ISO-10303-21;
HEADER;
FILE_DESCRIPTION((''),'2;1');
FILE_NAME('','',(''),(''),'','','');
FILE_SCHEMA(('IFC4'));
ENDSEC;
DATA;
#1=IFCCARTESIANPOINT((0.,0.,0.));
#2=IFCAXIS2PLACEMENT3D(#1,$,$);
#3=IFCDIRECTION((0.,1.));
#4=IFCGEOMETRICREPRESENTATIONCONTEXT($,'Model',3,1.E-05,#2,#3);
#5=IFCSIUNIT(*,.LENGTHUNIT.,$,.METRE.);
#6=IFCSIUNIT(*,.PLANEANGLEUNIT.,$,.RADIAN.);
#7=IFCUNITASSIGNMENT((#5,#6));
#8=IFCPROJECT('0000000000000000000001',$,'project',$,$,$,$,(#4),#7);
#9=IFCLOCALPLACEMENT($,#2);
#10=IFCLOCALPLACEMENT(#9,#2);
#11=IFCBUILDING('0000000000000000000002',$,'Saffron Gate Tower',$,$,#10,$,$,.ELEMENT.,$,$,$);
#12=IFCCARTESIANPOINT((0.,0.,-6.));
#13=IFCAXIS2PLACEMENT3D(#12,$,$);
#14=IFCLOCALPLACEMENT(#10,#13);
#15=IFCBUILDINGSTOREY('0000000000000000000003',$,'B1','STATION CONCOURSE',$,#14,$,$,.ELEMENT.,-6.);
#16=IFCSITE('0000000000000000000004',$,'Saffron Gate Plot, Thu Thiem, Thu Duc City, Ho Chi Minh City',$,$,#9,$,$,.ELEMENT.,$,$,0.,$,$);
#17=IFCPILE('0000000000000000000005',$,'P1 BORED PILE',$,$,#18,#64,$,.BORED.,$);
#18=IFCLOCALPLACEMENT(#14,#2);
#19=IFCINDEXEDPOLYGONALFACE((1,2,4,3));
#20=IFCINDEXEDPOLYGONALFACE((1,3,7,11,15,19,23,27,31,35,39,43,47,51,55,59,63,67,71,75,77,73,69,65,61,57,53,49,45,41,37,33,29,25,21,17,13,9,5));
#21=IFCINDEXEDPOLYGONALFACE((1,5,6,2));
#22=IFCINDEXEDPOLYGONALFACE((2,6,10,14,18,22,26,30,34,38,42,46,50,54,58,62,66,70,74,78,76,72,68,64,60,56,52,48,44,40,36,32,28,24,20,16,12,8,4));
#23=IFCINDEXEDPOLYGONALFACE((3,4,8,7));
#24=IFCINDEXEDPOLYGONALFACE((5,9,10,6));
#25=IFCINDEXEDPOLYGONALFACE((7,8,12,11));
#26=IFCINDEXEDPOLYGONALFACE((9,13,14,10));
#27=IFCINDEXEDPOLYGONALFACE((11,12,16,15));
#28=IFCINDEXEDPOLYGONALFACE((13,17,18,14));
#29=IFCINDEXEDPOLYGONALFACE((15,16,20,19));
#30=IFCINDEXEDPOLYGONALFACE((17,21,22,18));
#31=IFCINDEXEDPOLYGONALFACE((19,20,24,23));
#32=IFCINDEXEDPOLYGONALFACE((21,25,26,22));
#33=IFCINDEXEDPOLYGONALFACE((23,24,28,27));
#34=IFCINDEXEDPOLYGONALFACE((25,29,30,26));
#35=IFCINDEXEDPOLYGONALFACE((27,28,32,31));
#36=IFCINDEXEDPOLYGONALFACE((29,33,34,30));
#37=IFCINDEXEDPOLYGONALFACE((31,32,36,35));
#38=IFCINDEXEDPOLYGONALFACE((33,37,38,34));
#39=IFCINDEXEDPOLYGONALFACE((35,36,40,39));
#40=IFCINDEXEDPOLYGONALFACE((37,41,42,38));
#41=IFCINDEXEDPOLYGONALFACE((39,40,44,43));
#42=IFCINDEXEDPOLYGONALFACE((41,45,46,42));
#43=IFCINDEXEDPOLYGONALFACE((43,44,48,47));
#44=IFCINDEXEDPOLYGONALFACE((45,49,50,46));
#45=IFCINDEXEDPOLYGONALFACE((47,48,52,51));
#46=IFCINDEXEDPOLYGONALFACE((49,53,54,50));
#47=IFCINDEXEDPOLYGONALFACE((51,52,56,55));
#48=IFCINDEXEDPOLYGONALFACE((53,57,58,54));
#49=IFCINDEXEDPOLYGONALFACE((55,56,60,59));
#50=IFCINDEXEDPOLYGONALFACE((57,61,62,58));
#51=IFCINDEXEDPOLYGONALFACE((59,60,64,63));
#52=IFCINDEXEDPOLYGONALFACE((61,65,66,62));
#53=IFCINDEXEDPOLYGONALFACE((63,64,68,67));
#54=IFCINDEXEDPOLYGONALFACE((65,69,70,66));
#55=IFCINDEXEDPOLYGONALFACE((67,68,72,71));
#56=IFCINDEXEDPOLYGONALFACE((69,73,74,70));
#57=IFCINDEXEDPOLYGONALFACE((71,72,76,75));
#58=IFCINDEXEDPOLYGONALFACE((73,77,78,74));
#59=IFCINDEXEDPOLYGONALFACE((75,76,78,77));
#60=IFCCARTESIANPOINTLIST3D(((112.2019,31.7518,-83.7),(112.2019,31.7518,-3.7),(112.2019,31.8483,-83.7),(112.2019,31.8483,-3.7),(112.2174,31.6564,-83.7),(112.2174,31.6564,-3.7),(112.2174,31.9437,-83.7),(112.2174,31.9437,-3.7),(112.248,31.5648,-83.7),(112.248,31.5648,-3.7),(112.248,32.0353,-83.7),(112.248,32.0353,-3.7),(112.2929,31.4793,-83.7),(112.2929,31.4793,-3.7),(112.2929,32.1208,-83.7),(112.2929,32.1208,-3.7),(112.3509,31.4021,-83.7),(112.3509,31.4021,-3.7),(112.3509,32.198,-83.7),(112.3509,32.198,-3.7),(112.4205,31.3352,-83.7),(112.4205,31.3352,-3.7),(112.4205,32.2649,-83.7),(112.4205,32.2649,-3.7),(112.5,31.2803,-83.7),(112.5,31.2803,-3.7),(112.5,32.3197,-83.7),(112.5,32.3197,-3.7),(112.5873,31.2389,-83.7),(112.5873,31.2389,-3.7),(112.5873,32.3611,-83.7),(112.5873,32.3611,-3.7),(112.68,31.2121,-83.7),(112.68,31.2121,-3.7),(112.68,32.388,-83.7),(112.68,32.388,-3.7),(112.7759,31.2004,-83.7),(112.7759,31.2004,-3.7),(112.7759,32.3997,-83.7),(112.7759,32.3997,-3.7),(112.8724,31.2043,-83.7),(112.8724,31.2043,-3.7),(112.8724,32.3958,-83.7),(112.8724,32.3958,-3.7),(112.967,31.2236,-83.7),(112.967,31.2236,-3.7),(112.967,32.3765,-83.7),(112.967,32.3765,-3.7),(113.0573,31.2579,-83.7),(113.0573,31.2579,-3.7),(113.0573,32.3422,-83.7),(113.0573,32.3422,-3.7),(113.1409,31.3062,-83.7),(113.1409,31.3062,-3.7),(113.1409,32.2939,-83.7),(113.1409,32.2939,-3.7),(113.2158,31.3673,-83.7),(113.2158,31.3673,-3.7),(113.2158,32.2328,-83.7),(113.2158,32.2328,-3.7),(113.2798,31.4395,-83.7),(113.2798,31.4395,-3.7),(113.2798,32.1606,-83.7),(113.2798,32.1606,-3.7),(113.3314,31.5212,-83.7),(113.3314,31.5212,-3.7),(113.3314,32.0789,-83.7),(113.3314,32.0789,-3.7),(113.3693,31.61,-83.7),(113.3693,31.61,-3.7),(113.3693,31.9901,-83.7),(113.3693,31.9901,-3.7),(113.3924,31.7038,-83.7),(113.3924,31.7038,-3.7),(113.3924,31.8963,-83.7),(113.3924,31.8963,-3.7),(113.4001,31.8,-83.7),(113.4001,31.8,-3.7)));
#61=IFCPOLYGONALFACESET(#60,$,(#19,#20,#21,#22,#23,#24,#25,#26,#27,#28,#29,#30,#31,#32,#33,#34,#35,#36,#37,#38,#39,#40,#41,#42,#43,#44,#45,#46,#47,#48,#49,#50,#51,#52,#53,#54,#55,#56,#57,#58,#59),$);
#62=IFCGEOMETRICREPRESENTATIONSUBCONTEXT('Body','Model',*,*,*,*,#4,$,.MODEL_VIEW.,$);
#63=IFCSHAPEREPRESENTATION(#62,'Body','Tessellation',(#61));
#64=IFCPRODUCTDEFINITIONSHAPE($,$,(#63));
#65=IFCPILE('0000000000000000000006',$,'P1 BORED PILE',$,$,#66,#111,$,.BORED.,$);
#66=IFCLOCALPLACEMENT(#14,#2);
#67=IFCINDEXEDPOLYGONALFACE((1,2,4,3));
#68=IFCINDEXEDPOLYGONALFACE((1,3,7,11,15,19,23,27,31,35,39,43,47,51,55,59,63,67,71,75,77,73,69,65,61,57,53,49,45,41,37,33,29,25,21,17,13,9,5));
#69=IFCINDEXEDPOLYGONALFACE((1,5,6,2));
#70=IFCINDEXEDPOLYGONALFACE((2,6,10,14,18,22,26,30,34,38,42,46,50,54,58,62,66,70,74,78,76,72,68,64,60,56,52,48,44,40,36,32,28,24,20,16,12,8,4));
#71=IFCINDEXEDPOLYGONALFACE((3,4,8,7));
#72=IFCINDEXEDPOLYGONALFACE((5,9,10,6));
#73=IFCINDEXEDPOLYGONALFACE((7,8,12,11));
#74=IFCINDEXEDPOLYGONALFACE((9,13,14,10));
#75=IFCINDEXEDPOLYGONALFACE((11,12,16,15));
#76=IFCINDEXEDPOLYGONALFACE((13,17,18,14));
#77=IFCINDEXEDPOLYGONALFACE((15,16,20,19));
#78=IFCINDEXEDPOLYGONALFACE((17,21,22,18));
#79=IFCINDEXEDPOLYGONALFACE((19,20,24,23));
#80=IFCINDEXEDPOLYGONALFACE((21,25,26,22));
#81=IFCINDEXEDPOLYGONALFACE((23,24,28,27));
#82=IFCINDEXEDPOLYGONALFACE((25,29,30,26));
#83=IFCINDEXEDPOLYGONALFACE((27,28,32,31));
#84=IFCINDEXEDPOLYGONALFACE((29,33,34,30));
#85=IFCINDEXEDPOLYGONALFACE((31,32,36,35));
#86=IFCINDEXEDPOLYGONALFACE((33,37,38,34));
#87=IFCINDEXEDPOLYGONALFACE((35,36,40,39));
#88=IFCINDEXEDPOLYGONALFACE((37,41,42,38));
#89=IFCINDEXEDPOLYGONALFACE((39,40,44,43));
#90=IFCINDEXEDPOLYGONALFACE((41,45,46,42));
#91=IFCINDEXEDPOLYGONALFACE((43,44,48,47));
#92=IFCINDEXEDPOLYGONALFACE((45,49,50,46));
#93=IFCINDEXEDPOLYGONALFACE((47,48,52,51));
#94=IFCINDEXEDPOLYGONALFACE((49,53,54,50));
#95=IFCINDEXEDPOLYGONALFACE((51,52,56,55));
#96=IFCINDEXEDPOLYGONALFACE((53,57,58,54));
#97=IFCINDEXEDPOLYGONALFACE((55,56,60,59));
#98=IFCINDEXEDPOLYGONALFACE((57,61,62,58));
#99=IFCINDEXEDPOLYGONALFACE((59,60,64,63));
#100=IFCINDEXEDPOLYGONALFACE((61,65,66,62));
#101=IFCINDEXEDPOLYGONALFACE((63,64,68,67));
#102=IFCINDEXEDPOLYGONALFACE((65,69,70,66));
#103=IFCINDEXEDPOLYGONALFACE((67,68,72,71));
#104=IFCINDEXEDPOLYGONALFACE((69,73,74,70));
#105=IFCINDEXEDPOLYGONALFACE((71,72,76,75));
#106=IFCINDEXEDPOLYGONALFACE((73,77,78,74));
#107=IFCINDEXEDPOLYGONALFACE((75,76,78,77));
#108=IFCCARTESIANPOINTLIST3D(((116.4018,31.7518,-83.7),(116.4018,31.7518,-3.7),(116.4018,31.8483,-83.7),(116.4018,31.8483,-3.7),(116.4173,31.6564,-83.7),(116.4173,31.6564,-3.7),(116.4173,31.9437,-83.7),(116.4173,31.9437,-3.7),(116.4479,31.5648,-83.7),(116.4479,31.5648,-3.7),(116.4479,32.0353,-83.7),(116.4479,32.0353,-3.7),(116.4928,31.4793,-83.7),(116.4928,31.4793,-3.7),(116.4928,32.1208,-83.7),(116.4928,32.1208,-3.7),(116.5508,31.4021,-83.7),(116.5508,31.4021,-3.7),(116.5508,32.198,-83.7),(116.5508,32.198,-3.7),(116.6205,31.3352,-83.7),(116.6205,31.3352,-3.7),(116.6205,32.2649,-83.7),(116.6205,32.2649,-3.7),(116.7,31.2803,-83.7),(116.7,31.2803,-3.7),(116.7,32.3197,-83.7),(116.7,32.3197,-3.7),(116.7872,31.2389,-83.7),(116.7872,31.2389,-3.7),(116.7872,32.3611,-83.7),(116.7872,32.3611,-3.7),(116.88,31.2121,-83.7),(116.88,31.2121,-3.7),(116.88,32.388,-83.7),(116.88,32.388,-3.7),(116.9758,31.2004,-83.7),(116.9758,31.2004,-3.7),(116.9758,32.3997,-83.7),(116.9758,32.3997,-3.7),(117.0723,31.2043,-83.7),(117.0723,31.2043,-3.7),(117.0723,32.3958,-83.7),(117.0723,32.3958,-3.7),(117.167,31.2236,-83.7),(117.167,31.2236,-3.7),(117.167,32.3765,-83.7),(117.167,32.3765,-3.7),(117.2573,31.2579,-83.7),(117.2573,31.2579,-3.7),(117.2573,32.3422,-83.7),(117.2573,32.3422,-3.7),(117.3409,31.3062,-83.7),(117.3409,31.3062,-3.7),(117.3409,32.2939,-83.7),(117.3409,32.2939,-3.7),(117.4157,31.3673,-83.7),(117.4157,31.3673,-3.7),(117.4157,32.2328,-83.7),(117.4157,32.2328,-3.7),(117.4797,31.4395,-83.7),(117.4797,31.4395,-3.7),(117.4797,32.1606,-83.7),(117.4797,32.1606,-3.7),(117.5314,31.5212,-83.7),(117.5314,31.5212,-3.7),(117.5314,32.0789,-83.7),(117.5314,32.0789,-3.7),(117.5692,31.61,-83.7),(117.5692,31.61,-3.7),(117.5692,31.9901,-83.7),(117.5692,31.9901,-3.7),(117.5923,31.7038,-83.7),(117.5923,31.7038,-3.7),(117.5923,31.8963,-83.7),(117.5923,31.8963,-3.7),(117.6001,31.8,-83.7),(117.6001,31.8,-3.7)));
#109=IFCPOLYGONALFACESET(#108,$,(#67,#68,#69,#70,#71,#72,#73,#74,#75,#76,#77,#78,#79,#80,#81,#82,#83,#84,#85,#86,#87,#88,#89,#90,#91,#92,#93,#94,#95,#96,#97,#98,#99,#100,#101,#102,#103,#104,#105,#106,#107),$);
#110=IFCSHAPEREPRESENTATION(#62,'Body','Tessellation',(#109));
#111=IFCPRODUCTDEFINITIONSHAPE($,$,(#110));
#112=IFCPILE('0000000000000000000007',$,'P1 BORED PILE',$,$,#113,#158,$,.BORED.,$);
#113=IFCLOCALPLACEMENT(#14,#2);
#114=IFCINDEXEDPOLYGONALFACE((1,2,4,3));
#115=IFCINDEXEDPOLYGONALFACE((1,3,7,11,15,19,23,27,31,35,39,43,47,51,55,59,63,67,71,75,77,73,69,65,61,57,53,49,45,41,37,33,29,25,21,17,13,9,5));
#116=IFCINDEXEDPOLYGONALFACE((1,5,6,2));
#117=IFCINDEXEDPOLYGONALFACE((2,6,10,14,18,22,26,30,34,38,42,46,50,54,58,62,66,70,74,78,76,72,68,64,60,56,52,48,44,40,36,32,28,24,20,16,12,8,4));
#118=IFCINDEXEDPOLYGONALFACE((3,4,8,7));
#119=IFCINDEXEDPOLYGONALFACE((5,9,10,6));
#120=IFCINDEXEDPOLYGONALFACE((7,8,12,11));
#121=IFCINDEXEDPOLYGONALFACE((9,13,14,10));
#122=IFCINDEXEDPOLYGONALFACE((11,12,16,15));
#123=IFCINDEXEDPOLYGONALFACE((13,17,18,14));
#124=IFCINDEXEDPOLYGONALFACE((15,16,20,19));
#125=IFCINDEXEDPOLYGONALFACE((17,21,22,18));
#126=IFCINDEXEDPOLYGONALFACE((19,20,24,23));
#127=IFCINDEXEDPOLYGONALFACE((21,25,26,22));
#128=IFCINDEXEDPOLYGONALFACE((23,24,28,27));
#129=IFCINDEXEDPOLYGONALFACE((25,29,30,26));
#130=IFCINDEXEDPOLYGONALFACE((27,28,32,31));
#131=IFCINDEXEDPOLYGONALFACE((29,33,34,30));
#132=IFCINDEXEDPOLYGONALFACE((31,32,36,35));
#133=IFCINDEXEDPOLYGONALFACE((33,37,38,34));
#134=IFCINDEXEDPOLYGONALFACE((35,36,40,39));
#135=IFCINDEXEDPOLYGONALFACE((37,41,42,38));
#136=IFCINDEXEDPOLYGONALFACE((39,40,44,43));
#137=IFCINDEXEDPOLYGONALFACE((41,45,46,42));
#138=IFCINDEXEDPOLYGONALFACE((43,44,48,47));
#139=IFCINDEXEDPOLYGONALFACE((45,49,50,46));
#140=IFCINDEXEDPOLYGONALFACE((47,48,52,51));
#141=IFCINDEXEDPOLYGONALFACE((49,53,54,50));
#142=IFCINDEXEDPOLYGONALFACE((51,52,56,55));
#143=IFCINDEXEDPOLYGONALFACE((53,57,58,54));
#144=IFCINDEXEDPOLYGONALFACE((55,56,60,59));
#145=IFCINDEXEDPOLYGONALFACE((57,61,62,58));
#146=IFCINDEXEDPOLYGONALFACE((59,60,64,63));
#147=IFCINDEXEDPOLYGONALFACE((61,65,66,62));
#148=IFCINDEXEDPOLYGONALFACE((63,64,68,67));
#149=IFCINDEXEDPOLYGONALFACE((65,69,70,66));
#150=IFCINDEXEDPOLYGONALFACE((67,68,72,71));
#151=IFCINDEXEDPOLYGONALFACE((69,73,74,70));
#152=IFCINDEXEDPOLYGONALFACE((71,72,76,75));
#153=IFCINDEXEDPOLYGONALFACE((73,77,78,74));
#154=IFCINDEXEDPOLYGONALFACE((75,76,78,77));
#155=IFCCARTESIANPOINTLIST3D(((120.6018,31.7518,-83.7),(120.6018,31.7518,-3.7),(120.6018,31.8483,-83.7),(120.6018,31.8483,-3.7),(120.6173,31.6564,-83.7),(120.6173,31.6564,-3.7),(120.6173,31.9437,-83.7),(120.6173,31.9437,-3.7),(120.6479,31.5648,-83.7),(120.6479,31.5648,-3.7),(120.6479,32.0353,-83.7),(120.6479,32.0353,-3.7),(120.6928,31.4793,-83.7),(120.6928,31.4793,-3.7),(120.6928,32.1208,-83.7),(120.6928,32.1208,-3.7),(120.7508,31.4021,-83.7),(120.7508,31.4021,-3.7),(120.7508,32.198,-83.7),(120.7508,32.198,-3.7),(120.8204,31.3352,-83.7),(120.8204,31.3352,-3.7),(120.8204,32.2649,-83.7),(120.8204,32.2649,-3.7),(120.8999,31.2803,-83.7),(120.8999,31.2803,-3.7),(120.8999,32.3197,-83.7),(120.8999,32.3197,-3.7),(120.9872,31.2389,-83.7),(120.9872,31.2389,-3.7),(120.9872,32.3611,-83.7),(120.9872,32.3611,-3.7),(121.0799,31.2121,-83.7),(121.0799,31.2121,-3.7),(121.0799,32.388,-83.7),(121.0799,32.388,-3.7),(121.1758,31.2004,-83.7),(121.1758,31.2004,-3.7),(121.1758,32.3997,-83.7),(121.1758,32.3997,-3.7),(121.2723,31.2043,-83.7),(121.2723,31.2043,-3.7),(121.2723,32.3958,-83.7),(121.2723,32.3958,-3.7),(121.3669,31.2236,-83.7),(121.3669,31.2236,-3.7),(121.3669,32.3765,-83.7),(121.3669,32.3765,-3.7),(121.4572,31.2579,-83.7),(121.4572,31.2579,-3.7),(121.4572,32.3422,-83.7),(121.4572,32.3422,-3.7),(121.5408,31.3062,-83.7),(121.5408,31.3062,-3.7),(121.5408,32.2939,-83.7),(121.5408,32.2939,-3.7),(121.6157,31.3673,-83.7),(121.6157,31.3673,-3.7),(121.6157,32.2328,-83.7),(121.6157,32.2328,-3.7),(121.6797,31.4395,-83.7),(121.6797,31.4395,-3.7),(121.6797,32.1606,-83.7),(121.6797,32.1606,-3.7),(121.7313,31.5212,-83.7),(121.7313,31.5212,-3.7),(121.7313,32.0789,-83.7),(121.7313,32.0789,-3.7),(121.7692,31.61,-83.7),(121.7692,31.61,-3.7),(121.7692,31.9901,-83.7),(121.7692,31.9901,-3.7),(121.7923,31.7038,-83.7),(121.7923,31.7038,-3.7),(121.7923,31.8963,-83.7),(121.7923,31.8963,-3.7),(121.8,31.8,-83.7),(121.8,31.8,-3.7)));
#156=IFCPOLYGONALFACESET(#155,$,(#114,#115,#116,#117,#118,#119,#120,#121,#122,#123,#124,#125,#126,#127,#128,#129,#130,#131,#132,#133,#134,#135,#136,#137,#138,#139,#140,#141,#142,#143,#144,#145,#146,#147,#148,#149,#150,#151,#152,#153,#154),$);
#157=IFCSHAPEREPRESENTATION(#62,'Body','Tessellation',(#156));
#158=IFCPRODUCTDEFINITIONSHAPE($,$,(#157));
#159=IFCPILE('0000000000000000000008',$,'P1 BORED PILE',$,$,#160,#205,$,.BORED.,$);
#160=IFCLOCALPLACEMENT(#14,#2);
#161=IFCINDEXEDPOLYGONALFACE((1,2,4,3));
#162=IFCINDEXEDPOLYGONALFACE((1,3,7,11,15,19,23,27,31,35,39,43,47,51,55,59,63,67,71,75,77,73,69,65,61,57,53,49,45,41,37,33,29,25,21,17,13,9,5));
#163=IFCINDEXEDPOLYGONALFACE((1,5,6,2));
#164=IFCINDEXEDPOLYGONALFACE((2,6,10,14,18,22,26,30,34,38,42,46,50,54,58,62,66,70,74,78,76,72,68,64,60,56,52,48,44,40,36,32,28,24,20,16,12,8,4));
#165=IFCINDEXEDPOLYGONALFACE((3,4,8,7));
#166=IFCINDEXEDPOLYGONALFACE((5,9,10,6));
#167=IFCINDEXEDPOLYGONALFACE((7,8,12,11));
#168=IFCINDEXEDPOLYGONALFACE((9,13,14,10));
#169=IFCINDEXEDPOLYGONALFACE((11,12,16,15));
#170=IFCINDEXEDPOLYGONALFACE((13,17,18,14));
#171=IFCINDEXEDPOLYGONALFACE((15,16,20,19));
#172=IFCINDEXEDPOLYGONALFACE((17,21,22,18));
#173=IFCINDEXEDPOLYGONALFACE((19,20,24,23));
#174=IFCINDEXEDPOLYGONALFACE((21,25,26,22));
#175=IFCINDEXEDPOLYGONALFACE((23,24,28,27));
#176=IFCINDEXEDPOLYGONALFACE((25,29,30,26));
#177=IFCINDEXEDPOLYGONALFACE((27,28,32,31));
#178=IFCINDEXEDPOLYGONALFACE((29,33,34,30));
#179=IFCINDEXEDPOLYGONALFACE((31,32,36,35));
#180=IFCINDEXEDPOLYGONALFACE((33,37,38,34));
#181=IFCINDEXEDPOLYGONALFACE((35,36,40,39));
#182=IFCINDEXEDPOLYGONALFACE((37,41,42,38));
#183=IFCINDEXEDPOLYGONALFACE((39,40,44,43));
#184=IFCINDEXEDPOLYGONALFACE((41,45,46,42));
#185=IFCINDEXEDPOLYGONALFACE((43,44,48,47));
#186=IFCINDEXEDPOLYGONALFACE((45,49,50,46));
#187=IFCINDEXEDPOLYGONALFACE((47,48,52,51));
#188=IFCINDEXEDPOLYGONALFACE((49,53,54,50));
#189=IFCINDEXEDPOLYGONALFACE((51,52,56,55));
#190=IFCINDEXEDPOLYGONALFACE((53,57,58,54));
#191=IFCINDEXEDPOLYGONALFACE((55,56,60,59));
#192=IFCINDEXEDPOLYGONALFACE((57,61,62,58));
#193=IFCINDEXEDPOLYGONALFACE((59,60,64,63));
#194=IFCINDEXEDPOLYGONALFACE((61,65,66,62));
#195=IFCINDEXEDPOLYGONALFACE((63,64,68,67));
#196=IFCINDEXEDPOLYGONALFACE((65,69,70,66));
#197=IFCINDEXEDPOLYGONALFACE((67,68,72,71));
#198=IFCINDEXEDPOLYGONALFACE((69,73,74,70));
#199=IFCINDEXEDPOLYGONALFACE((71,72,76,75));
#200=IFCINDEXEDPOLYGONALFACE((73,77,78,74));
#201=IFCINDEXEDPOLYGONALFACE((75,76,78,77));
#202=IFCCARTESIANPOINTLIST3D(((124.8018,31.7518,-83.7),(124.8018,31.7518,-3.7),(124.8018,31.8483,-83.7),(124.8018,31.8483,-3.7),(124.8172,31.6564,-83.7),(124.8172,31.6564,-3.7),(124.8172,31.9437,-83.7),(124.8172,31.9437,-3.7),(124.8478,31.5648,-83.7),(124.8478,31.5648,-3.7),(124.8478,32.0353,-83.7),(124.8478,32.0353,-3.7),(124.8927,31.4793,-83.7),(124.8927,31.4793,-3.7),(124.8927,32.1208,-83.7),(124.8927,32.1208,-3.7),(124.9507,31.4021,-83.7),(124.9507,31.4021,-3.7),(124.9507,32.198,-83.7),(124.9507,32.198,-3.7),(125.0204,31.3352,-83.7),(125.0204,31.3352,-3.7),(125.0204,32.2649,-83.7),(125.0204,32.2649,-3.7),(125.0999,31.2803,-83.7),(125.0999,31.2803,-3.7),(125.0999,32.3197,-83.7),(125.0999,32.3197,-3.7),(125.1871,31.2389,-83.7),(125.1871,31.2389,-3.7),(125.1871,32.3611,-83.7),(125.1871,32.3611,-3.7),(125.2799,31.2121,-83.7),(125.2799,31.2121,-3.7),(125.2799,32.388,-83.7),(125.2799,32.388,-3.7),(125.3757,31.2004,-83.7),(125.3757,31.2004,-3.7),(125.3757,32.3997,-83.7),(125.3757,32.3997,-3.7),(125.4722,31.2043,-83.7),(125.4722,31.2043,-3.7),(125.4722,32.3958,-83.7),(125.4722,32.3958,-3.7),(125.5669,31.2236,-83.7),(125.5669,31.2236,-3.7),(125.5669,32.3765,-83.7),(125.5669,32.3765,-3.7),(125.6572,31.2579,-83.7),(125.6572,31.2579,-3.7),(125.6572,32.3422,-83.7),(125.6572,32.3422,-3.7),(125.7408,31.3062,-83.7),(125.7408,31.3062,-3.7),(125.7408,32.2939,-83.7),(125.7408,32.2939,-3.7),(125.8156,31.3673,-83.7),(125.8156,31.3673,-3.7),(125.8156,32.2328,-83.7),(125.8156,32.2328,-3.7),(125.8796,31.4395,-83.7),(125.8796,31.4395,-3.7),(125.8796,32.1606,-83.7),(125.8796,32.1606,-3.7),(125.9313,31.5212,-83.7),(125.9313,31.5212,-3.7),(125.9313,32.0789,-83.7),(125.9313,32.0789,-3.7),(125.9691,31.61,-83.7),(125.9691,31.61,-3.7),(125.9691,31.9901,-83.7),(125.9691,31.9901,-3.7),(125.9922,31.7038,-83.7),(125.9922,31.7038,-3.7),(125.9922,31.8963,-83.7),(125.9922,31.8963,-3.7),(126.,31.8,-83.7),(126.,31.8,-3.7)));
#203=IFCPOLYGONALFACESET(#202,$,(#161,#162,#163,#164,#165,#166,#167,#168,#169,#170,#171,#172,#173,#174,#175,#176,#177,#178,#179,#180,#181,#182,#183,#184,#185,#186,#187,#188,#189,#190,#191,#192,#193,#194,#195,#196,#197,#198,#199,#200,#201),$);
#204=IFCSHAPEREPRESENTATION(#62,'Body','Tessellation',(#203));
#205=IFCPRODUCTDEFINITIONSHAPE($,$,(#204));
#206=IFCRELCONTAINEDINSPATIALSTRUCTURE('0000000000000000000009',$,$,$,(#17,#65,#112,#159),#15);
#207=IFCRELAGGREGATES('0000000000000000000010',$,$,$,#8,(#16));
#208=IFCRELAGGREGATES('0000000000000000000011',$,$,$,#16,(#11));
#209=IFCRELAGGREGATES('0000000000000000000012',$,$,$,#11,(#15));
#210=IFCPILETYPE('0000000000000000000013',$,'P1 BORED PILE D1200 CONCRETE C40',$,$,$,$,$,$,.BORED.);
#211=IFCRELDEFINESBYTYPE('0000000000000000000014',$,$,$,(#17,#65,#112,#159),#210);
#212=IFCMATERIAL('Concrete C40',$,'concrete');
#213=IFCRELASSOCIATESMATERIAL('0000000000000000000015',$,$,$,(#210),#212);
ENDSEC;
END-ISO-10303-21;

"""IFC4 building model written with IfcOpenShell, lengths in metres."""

from ifc_helpers import new_model, si_unit, direction, frame, origin, origin_2d, place, context, subcontext, project, spatial, circle, extrude, material, material_profile, profile_set, type_object, element, save


model = new_model("IFC4")

# Units and contexts
model_context = context("Model", 3, precision=1e-05, world=origin(), true_north=direction((0.0, 1.0)))
body_context = subcontext(model_context, "Body", "Model", "MODEL_VIEW")
ifc_project = project(units=[si_unit("LENGTHUNIT", "METRE"), si_unit("PLANEANGLEUNIT", "RADIAN")], contexts=[model_context])

# Site, building, storey
site_placement = place(None, origin())
site = spatial("IfcSite", under=ifc_project, at=site_placement, Name="Saffron Gate Plot, Thu Thiem, Thu Duc City, Ho Chi Minh City", CompositionType="ELEMENT", RefElevation=0.0)
building_placement = place(site_placement, origin())
building = spatial("IfcBuilding", under=site, at=building_placement, Name="Saffron Gate Tower", CompositionType="ELEMENT")
storey_placement = place(building_placement, frame((0.0, 0.0, -6.0)))
storey = spatial("IfcBuildingStorey", under=building, at=storey_placement, Name="B1", Description="STATION CONCOURSE", CompositionType="ELEMENT", Elevation=-6.0)

# Piles
ifc_material_1 = material(Name="Concrete C40", Category="concrete")
ifc_material_profile_1 = material_profile(ifc_material_1, circle(Radius=0.6001, at=origin_2d()))
ifc_profile_set_1 = profile_set([ifc_material_profile_1], Name="Concrete C40")
pile_type_1 = type_object("IfcPileType", Name="P1 BORED PILE D1200 CONCRETE C40", PredefinedType="BORED", material=ifc_profile_set_1)
for number, where, z_axis, x_axis, name in (
    (1, (112.8, 31.8, -3.7), (0.0, 0.0, -1.0), (1.0, 0.0, 0.0), "P1 BORED PILE"),
    (2, (117.0, 31.8, -3.7), (0.0, 0.0, -1.0), (1.0, 0.0, 0.0), "P1 BORED PILE"),
    (3, (121.2, 31.8, -3.7), (0.0, 0.0, -1.0), (1.0, 0.0, 0.0), "P1 BORED PILE"),
    (4, (125.3999, 31.8, -3.7), (0.0, 0.0, -1.0), (1.0, 0.0, 0.0), "P1 BORED PILE"),
):
    element("IfcPile", number, at=place(storey_placement, frame(where, z_axis=z_axis, x_axis=x_axis)), inside=storey, type_object=pile_type_1, Name=name, PredefinedType="BORED", context=body_context, shape_type="SweptSolid", body=[
        extrude(circle(Radius=0.6001, at=origin_2d()), origin(), (0.0, 0.0, 1.0), 80.0),
    ])

save(model, "model.ifc")
